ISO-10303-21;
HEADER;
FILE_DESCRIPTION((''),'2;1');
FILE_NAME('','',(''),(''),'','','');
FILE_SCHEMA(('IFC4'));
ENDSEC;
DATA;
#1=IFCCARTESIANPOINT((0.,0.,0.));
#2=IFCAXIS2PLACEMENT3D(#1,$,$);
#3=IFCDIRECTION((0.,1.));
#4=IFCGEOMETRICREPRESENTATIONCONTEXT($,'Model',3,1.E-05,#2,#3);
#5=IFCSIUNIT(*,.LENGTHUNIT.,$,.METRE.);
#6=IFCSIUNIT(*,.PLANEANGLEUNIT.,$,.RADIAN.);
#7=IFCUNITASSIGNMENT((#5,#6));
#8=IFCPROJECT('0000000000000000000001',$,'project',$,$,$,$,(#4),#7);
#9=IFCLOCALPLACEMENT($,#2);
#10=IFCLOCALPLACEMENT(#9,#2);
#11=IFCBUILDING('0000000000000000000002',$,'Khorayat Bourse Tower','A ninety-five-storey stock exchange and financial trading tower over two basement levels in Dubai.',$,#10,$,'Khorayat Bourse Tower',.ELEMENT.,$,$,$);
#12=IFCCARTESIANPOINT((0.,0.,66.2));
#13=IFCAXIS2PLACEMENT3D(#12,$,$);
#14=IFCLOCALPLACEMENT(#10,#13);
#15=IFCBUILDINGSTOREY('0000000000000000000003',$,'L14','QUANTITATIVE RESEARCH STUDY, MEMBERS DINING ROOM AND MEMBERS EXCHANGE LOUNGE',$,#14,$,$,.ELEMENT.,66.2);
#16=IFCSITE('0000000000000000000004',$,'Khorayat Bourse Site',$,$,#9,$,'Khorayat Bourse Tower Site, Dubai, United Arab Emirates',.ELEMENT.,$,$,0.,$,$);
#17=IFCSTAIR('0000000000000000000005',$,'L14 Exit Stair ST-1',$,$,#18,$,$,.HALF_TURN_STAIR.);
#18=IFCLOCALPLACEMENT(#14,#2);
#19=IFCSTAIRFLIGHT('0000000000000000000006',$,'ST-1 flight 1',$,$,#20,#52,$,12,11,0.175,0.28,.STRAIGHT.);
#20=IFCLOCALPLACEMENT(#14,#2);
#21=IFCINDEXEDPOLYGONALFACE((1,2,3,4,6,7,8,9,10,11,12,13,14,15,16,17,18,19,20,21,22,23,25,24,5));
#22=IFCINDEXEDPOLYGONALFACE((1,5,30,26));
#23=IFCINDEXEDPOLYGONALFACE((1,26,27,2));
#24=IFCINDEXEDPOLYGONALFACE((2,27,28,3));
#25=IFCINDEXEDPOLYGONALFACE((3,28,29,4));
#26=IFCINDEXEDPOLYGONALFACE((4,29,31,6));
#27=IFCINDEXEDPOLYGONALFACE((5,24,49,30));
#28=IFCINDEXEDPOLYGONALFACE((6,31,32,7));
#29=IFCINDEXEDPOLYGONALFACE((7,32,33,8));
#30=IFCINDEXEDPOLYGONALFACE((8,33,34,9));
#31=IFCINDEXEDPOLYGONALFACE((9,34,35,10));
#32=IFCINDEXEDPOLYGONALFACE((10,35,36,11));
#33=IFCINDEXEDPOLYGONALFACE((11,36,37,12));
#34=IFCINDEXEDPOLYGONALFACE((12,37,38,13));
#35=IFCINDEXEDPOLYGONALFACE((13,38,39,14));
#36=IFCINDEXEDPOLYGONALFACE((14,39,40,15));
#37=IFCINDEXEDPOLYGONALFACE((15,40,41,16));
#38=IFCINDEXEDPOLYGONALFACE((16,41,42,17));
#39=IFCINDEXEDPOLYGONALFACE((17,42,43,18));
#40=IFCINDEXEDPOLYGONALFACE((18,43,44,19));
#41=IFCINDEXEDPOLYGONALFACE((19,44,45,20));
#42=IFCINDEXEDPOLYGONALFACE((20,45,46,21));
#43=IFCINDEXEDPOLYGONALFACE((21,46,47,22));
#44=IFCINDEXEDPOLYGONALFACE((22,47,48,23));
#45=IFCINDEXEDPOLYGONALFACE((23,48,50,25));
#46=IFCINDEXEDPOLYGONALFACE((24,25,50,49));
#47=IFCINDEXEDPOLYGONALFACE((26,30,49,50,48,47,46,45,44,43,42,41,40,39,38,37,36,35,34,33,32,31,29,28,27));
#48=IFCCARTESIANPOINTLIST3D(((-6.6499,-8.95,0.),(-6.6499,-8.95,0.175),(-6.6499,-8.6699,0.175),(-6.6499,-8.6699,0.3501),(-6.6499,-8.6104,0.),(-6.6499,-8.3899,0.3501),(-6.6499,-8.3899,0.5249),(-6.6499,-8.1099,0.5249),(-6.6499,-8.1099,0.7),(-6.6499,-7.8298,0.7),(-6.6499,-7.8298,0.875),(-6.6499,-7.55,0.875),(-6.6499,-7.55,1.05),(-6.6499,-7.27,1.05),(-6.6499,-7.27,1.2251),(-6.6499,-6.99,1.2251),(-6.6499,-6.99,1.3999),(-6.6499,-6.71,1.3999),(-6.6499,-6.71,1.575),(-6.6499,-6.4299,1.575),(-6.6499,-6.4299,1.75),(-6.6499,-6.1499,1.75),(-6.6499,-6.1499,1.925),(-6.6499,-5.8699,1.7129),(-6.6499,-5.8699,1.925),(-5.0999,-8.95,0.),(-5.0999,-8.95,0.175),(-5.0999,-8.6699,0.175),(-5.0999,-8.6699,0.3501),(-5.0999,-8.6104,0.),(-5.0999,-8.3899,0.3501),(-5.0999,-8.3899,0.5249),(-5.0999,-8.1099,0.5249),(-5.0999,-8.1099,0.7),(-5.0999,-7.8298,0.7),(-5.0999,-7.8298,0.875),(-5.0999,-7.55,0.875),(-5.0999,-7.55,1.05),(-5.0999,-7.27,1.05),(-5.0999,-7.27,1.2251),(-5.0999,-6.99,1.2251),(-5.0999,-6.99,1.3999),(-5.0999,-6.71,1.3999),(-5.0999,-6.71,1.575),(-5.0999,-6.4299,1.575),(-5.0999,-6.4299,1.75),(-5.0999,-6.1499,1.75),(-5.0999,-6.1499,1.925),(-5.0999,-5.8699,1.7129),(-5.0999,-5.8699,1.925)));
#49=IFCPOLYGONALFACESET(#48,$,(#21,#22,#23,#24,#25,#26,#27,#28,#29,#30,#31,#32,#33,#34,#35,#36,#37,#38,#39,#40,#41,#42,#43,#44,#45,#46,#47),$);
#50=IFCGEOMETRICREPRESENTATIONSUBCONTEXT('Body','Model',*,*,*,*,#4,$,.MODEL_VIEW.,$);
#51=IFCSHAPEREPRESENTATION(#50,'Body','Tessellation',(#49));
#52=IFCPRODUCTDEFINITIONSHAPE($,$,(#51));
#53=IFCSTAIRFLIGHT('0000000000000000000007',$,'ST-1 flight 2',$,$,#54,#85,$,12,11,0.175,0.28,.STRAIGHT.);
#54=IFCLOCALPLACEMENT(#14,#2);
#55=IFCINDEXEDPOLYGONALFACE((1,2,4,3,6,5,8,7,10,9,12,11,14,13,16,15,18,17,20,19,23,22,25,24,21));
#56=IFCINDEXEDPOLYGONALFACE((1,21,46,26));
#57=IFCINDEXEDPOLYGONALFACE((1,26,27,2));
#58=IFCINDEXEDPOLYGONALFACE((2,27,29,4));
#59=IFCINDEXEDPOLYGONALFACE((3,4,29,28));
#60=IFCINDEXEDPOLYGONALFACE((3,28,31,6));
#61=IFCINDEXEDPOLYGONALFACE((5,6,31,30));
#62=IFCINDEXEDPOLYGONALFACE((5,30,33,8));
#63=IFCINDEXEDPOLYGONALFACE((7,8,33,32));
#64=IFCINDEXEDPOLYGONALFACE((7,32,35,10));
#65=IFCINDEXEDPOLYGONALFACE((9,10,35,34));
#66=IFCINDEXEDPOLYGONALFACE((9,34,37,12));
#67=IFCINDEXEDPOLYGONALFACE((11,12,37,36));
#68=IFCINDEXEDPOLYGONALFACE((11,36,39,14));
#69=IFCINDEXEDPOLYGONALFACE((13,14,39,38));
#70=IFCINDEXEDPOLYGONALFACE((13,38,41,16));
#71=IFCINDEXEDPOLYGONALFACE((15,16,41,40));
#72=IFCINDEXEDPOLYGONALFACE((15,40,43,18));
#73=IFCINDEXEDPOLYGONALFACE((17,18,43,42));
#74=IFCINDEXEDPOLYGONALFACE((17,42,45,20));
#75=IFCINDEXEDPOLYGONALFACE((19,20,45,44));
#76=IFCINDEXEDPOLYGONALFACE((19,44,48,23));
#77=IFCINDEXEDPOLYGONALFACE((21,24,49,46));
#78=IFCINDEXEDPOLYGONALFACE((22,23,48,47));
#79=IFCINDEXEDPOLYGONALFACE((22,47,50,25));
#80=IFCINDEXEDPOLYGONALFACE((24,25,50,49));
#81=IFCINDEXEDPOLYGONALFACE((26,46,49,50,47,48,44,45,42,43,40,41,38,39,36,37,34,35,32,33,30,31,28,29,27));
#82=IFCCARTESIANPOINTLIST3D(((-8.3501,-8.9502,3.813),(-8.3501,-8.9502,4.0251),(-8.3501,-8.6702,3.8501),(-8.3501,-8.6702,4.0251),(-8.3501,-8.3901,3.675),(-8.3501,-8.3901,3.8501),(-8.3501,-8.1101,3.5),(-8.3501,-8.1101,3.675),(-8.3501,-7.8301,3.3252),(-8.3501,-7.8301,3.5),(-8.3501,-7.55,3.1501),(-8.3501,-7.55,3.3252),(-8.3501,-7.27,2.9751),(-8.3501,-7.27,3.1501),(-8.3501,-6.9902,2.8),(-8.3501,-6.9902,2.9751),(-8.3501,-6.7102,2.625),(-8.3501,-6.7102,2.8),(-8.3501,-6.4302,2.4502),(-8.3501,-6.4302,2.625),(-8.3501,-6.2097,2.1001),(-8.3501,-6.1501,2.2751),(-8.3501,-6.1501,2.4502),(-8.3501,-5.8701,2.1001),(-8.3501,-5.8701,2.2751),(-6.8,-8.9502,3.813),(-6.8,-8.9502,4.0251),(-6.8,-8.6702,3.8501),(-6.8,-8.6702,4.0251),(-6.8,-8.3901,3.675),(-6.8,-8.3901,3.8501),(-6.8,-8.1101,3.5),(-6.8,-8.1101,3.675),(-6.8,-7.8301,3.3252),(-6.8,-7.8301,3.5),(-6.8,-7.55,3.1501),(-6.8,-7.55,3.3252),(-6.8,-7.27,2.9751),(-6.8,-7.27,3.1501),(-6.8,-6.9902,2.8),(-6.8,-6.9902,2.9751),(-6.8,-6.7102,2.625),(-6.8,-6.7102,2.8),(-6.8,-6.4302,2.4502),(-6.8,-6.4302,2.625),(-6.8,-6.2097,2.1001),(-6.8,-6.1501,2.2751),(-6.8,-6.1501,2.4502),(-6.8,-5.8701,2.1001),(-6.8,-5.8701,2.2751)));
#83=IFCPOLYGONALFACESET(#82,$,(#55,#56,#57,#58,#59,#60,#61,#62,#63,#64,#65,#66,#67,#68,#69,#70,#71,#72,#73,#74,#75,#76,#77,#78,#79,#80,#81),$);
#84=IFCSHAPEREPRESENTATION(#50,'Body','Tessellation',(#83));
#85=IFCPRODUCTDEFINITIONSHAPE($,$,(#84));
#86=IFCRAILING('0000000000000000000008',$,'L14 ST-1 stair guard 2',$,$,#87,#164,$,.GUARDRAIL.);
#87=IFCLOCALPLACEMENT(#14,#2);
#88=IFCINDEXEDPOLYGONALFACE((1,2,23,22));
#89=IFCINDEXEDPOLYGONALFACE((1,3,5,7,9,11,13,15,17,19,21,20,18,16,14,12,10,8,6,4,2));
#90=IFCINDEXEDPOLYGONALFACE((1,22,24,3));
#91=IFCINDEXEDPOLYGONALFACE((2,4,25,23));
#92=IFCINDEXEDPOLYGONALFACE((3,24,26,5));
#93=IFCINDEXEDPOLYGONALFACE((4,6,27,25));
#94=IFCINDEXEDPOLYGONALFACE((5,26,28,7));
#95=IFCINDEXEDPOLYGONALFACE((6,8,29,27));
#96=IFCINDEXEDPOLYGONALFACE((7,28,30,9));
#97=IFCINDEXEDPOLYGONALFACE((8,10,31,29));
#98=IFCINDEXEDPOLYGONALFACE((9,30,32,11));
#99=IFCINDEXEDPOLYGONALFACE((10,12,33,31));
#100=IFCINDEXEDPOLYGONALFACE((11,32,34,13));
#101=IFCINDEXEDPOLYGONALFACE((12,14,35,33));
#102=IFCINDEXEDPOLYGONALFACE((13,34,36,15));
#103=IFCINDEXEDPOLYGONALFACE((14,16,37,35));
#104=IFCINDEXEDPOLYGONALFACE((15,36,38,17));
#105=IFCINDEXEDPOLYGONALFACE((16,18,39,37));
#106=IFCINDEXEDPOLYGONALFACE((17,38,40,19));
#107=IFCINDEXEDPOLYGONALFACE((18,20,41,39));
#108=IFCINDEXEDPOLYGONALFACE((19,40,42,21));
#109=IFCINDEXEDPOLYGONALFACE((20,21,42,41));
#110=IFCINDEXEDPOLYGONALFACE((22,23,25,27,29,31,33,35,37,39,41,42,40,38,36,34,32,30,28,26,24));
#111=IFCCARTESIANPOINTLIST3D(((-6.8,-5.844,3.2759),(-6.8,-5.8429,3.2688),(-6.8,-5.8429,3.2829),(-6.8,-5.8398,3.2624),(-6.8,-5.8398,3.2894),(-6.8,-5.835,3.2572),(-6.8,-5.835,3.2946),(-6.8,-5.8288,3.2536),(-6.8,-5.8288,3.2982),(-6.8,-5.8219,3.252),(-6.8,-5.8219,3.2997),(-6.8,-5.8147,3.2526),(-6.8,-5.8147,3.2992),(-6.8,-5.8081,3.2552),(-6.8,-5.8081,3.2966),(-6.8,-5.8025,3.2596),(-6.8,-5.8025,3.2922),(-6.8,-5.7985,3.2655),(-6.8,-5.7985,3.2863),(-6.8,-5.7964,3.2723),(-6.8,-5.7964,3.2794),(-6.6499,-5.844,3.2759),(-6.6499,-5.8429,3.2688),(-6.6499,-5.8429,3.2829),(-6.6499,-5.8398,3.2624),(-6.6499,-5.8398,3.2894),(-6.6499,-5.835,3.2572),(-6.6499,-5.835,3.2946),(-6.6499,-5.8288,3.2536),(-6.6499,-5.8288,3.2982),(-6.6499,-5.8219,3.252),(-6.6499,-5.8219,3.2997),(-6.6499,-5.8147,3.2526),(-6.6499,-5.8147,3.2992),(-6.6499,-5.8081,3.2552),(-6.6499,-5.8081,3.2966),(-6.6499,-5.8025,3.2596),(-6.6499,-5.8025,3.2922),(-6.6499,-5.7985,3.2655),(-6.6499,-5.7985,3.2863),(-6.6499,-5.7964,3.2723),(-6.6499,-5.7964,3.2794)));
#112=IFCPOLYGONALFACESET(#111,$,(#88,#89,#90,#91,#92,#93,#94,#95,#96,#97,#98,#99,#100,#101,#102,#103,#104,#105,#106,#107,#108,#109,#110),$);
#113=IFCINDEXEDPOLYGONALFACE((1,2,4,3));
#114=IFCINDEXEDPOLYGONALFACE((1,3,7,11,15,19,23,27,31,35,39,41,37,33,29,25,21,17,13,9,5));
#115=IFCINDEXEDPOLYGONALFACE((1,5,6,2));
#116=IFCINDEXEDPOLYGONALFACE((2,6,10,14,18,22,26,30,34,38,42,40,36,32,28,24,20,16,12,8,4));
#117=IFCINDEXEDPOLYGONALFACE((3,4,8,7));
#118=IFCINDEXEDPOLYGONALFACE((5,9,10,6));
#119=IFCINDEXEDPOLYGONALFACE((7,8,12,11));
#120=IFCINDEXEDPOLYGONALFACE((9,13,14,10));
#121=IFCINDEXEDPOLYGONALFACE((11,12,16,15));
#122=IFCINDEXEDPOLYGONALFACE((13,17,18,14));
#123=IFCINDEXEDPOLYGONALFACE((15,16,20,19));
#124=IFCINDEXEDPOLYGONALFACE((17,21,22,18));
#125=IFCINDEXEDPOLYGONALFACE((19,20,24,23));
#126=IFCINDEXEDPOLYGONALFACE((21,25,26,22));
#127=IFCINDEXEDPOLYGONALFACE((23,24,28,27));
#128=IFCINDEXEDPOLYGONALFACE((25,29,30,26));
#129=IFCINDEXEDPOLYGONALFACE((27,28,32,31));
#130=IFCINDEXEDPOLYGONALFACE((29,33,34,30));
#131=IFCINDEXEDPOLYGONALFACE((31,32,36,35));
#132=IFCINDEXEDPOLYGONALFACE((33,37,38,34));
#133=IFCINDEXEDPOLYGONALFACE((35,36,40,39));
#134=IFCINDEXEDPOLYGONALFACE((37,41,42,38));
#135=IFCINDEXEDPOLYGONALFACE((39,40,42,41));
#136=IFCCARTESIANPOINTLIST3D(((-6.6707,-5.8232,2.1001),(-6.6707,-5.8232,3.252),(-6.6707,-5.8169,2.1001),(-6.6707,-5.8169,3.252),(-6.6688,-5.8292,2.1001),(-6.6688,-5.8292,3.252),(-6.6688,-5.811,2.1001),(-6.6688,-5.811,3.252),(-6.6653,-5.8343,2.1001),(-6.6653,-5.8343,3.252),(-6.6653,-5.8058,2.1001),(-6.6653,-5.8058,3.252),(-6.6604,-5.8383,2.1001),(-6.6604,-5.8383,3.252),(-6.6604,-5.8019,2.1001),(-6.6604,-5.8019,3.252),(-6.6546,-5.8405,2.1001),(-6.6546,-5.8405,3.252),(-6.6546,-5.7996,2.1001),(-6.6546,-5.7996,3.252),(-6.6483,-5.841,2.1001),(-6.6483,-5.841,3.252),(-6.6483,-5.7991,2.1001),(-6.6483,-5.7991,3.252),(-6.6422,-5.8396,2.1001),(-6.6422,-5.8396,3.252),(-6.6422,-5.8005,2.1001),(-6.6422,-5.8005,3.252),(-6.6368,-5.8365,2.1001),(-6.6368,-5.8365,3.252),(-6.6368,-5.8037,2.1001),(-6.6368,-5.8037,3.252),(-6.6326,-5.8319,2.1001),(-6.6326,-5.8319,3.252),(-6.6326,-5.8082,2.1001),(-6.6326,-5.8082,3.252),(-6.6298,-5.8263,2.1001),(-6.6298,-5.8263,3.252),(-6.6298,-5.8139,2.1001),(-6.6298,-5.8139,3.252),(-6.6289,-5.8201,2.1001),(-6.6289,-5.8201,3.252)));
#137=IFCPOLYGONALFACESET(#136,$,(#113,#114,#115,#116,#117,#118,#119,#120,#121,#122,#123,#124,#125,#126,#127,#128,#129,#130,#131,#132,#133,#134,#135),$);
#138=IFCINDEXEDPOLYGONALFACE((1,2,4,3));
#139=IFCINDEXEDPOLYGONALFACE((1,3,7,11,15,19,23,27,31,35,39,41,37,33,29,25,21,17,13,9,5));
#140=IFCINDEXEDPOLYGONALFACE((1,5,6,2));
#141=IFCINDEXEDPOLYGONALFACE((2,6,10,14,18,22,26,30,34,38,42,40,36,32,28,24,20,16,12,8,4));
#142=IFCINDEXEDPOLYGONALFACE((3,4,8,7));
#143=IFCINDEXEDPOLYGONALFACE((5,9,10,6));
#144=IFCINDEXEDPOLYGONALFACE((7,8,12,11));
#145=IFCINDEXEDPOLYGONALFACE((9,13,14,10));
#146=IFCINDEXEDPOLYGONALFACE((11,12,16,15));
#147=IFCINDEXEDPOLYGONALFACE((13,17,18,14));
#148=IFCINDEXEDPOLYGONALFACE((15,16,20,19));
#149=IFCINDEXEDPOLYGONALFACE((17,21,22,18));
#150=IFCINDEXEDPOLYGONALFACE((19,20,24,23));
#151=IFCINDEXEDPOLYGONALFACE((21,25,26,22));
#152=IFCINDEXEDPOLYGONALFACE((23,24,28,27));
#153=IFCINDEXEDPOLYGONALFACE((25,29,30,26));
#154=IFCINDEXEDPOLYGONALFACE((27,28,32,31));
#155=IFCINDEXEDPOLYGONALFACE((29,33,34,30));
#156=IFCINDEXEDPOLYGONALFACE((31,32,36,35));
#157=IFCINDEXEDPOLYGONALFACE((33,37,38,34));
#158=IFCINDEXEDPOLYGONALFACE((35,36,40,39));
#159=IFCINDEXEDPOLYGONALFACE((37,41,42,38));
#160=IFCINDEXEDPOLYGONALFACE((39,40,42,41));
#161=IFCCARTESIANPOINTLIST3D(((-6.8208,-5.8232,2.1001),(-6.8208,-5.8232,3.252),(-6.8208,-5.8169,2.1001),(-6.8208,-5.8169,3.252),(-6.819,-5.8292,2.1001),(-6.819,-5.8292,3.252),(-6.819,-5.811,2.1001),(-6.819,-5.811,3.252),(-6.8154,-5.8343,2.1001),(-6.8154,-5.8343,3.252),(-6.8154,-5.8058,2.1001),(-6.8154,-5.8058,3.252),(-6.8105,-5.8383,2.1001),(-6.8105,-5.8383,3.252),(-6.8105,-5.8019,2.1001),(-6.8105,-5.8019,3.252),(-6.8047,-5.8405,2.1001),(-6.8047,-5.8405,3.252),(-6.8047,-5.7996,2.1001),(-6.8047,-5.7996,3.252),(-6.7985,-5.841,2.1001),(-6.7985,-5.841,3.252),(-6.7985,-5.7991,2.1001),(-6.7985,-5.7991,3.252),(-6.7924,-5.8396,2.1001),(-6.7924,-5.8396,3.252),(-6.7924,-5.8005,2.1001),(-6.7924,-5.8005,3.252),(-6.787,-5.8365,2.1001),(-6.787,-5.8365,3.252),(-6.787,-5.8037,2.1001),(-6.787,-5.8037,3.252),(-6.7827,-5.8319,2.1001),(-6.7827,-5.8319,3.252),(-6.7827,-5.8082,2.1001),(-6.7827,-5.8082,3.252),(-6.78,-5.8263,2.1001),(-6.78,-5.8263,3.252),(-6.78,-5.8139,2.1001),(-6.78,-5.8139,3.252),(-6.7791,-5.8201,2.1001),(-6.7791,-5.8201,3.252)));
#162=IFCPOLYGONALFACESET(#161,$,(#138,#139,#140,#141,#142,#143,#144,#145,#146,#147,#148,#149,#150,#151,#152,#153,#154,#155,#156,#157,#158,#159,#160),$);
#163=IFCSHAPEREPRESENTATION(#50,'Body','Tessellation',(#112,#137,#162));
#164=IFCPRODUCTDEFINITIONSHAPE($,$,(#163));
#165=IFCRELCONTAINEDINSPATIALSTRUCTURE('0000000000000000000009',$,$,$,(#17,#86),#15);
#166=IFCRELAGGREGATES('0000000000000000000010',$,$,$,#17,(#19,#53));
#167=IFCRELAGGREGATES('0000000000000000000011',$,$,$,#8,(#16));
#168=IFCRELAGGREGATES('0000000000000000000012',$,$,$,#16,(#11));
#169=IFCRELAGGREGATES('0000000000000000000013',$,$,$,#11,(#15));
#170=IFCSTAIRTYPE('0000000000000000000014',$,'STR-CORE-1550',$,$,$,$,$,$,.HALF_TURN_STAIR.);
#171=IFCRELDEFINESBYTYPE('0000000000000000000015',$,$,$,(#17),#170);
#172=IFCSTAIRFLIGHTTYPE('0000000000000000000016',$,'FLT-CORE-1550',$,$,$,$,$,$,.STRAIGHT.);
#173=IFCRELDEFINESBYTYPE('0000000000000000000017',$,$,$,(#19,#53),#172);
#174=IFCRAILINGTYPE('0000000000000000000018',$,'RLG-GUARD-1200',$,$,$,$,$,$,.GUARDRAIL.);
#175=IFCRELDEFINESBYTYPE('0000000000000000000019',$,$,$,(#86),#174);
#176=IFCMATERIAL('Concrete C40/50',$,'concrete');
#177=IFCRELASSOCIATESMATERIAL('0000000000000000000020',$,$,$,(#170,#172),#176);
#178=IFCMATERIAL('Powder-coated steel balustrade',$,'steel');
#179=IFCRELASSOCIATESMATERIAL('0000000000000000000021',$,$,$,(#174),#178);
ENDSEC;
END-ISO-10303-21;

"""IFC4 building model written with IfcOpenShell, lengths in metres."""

from ifc_helpers import new_model, si_unit, direction, frame, origin, origin_2d, place, context, subcontext, project, spatial, polyline, circle, outline, extrude, source, transform, mapped, material, type_object, element, aggregate, save


model = new_model("IFC4")

# Units and contexts
model_context = context("Model", 3, precision=1e-05, world=origin(), true_north=direction((0.0, 1.0)))
body_context = subcontext(model_context, "Body", "Model", "MODEL_VIEW")
ifc_project = project(units=[si_unit("LENGTHUNIT", "METRE"), si_unit("PLANEANGLEUNIT", "RADIAN")], contexts=[model_context])

# Site, building, storey
site_placement = place(None, origin())
site = spatial("IfcSite", under=ifc_project, at=site_placement, Name="Khorayat Bourse Site", LongName="Khorayat Bourse Tower Site, Dubai, United Arab Emirates", CompositionType="ELEMENT", RefElevation=0.0)
building_placement = place(site_placement, origin())
building = spatial("IfcBuilding", under=site, at=building_placement, Name="Khorayat Bourse Tower", Description="A ninety-five-storey stock exchange and financial trading tower over two basement levels in Dubai.", LongName="Khorayat Bourse Tower", CompositionType="ELEMENT")
storey_placement = place(building_placement, frame((0.0, 0.0, 66.2)))
storey = spatial("IfcBuildingStorey", under=building, at=storey_placement, Name="L14", Description="QUANTITATIVE RESEARCH STUDY, MEMBERS DINING ROOM AND MEMBERS EXCHANGE LOUNGE", CompositionType="ELEMENT", Elevation=66.2)

# Stair, stair flights
ifc_material_1 = material(Name="Concrete C40/50", Category="concrete")
stair_type = type_object("IfcStairType", Name="STR-CORE-1550", PredefinedType="HALF_TURN_STAIR", material=ifc_material_1)
stair_placement = place(storey_placement, origin())
stair = element("IfcStair", 1, at=stair_placement, inside=storey, type_object=stair_type, Name="L14 Exit Stair ST-1", PredefinedType="HALF_TURN_STAIR")
stair_flight_type = type_object("IfcStairFlightType", Name="FLT-CORE-1550", PredefinedType="STRAIGHT", material=ifc_material_1)
shared_shape_1 = source(origin(), body_context, "Body", "SweptSolid", [
    extrude(outline(polyline([(0.0, 0.0), (0.0, 0.175), (0.28, 0.175), (0.28, 0.3501), (0.5601, 0.3501), (0.5601, 0.5249), (0.8401, 0.5249), (0.8401, 0.7), (1.1201, 0.7), (1.1201, 0.875), (1.3999, 0.875), (1.3999, 1.05), (1.6799, 1.05), (1.6799, 1.2251), (1.96, 1.2251), (1.96, 1.3999), (2.24, 1.3999), (2.24, 1.575), (2.52, 1.575), (2.52, 1.75), (2.8, 1.75), (2.8, 1.925), (3.0801, 1.925), (3.0801, 2.1001), (3.0801, 1.7129), (0.3396, 0.0), (0.0, 0.0)])), frame((0.0, 0.7749, 0.0), z_axis=(0.0, -1.0, 0.0), x_axis=(1.0, 0.0, 0.0)), (0.0, 0.0, 1.0), 1.55),
])
stair_flight_1_placement = place(storey_placement, frame((-5.875, -8.95, 0.0), z_axis=(0.0, 0.0, 1.0), x_axis=(0.0, 1.0, 0.0)))
stair_flight_1 = element("IfcStairFlight", 2, at=stair_flight_1_placement, type_object=stair_flight_type, Name="ST-1 flight 1", NumberOfRisers=12, NumberOfTreads=11, PredefinedType="STRAIGHT", RiserHeight=0.175, TreadLength=0.28, context=body_context, shape_type="MappedRepresentation", body=[
    mapped(shared_shape_1, transform((0.0, 0.0, 0.0), scale=1.0)),
])
stair_flight_2_placement = place(storey_placement, frame((-7.575, -5.8701, 2.1001), z_axis=(0.0, 0.0, 1.0), x_axis=(0.0, -1.0, 0.0)))
stair_flight_2 = element("IfcStairFlight", 3, at=stair_flight_2_placement, type_object=stair_flight_type, Name="ST-1 flight 2", NumberOfRisers=12, NumberOfTreads=11, PredefinedType="STRAIGHT", RiserHeight=0.175, TreadLength=0.28, context=body_context, shape_type="MappedRepresentation", body=[
    mapped(shared_shape_1, transform((0.0, 0.0, 0.0), scale=1.0)),
])
aggregate(stair, [stair_flight_1, stair_flight_2])

# Railing
ifc_material_2 = material(Name="Powder-coated steel balustrade", Category="steel")
railing_type_1 = type_object("IfcRailingType", Name="RLG-GUARD-1200", PredefinedType="GUARDRAIL", material=ifc_material_2)
shared_shape_2 = source(origin(), body_context, "Body", "SweptSolid", [
    extrude(circle(Radius=0.0239, at=origin_2d()), frame((0.0, 0.0, 1.1758), z_axis=(-1.0, 0.0, 0.0), x_axis=(0.0, -1.0, 0.0)), (0.0, 0.0, 1.0), 0.1501),
    extrude(circle(Radius=0.021, at=origin_2d()), origin(), (0.0, 0.0, 1.0), 1.1519),
    extrude(circle(Radius=0.021, at=origin_2d()), frame((-0.1501, 0.0, 0.0)), (0.0, 0.0, 1.0), 1.1519),
])
for number, where, name in (
    (4, (-6.6499, -5.8201, 2.1001), "L14 ST-1 stair guard 2"),
):
    element("IfcRailing", number, at=place(storey_placement, frame(where)), inside=storey, type_object=railing_type_1, Name=name, PredefinedType="GUARDRAIL", context=body_context, shape_type="MappedRepresentation", body=[
        mapped(shared_shape_2, transform((0.0, 0.0, 0.0), scale=1.0)),
    ])

save(model, "model.ifc")
